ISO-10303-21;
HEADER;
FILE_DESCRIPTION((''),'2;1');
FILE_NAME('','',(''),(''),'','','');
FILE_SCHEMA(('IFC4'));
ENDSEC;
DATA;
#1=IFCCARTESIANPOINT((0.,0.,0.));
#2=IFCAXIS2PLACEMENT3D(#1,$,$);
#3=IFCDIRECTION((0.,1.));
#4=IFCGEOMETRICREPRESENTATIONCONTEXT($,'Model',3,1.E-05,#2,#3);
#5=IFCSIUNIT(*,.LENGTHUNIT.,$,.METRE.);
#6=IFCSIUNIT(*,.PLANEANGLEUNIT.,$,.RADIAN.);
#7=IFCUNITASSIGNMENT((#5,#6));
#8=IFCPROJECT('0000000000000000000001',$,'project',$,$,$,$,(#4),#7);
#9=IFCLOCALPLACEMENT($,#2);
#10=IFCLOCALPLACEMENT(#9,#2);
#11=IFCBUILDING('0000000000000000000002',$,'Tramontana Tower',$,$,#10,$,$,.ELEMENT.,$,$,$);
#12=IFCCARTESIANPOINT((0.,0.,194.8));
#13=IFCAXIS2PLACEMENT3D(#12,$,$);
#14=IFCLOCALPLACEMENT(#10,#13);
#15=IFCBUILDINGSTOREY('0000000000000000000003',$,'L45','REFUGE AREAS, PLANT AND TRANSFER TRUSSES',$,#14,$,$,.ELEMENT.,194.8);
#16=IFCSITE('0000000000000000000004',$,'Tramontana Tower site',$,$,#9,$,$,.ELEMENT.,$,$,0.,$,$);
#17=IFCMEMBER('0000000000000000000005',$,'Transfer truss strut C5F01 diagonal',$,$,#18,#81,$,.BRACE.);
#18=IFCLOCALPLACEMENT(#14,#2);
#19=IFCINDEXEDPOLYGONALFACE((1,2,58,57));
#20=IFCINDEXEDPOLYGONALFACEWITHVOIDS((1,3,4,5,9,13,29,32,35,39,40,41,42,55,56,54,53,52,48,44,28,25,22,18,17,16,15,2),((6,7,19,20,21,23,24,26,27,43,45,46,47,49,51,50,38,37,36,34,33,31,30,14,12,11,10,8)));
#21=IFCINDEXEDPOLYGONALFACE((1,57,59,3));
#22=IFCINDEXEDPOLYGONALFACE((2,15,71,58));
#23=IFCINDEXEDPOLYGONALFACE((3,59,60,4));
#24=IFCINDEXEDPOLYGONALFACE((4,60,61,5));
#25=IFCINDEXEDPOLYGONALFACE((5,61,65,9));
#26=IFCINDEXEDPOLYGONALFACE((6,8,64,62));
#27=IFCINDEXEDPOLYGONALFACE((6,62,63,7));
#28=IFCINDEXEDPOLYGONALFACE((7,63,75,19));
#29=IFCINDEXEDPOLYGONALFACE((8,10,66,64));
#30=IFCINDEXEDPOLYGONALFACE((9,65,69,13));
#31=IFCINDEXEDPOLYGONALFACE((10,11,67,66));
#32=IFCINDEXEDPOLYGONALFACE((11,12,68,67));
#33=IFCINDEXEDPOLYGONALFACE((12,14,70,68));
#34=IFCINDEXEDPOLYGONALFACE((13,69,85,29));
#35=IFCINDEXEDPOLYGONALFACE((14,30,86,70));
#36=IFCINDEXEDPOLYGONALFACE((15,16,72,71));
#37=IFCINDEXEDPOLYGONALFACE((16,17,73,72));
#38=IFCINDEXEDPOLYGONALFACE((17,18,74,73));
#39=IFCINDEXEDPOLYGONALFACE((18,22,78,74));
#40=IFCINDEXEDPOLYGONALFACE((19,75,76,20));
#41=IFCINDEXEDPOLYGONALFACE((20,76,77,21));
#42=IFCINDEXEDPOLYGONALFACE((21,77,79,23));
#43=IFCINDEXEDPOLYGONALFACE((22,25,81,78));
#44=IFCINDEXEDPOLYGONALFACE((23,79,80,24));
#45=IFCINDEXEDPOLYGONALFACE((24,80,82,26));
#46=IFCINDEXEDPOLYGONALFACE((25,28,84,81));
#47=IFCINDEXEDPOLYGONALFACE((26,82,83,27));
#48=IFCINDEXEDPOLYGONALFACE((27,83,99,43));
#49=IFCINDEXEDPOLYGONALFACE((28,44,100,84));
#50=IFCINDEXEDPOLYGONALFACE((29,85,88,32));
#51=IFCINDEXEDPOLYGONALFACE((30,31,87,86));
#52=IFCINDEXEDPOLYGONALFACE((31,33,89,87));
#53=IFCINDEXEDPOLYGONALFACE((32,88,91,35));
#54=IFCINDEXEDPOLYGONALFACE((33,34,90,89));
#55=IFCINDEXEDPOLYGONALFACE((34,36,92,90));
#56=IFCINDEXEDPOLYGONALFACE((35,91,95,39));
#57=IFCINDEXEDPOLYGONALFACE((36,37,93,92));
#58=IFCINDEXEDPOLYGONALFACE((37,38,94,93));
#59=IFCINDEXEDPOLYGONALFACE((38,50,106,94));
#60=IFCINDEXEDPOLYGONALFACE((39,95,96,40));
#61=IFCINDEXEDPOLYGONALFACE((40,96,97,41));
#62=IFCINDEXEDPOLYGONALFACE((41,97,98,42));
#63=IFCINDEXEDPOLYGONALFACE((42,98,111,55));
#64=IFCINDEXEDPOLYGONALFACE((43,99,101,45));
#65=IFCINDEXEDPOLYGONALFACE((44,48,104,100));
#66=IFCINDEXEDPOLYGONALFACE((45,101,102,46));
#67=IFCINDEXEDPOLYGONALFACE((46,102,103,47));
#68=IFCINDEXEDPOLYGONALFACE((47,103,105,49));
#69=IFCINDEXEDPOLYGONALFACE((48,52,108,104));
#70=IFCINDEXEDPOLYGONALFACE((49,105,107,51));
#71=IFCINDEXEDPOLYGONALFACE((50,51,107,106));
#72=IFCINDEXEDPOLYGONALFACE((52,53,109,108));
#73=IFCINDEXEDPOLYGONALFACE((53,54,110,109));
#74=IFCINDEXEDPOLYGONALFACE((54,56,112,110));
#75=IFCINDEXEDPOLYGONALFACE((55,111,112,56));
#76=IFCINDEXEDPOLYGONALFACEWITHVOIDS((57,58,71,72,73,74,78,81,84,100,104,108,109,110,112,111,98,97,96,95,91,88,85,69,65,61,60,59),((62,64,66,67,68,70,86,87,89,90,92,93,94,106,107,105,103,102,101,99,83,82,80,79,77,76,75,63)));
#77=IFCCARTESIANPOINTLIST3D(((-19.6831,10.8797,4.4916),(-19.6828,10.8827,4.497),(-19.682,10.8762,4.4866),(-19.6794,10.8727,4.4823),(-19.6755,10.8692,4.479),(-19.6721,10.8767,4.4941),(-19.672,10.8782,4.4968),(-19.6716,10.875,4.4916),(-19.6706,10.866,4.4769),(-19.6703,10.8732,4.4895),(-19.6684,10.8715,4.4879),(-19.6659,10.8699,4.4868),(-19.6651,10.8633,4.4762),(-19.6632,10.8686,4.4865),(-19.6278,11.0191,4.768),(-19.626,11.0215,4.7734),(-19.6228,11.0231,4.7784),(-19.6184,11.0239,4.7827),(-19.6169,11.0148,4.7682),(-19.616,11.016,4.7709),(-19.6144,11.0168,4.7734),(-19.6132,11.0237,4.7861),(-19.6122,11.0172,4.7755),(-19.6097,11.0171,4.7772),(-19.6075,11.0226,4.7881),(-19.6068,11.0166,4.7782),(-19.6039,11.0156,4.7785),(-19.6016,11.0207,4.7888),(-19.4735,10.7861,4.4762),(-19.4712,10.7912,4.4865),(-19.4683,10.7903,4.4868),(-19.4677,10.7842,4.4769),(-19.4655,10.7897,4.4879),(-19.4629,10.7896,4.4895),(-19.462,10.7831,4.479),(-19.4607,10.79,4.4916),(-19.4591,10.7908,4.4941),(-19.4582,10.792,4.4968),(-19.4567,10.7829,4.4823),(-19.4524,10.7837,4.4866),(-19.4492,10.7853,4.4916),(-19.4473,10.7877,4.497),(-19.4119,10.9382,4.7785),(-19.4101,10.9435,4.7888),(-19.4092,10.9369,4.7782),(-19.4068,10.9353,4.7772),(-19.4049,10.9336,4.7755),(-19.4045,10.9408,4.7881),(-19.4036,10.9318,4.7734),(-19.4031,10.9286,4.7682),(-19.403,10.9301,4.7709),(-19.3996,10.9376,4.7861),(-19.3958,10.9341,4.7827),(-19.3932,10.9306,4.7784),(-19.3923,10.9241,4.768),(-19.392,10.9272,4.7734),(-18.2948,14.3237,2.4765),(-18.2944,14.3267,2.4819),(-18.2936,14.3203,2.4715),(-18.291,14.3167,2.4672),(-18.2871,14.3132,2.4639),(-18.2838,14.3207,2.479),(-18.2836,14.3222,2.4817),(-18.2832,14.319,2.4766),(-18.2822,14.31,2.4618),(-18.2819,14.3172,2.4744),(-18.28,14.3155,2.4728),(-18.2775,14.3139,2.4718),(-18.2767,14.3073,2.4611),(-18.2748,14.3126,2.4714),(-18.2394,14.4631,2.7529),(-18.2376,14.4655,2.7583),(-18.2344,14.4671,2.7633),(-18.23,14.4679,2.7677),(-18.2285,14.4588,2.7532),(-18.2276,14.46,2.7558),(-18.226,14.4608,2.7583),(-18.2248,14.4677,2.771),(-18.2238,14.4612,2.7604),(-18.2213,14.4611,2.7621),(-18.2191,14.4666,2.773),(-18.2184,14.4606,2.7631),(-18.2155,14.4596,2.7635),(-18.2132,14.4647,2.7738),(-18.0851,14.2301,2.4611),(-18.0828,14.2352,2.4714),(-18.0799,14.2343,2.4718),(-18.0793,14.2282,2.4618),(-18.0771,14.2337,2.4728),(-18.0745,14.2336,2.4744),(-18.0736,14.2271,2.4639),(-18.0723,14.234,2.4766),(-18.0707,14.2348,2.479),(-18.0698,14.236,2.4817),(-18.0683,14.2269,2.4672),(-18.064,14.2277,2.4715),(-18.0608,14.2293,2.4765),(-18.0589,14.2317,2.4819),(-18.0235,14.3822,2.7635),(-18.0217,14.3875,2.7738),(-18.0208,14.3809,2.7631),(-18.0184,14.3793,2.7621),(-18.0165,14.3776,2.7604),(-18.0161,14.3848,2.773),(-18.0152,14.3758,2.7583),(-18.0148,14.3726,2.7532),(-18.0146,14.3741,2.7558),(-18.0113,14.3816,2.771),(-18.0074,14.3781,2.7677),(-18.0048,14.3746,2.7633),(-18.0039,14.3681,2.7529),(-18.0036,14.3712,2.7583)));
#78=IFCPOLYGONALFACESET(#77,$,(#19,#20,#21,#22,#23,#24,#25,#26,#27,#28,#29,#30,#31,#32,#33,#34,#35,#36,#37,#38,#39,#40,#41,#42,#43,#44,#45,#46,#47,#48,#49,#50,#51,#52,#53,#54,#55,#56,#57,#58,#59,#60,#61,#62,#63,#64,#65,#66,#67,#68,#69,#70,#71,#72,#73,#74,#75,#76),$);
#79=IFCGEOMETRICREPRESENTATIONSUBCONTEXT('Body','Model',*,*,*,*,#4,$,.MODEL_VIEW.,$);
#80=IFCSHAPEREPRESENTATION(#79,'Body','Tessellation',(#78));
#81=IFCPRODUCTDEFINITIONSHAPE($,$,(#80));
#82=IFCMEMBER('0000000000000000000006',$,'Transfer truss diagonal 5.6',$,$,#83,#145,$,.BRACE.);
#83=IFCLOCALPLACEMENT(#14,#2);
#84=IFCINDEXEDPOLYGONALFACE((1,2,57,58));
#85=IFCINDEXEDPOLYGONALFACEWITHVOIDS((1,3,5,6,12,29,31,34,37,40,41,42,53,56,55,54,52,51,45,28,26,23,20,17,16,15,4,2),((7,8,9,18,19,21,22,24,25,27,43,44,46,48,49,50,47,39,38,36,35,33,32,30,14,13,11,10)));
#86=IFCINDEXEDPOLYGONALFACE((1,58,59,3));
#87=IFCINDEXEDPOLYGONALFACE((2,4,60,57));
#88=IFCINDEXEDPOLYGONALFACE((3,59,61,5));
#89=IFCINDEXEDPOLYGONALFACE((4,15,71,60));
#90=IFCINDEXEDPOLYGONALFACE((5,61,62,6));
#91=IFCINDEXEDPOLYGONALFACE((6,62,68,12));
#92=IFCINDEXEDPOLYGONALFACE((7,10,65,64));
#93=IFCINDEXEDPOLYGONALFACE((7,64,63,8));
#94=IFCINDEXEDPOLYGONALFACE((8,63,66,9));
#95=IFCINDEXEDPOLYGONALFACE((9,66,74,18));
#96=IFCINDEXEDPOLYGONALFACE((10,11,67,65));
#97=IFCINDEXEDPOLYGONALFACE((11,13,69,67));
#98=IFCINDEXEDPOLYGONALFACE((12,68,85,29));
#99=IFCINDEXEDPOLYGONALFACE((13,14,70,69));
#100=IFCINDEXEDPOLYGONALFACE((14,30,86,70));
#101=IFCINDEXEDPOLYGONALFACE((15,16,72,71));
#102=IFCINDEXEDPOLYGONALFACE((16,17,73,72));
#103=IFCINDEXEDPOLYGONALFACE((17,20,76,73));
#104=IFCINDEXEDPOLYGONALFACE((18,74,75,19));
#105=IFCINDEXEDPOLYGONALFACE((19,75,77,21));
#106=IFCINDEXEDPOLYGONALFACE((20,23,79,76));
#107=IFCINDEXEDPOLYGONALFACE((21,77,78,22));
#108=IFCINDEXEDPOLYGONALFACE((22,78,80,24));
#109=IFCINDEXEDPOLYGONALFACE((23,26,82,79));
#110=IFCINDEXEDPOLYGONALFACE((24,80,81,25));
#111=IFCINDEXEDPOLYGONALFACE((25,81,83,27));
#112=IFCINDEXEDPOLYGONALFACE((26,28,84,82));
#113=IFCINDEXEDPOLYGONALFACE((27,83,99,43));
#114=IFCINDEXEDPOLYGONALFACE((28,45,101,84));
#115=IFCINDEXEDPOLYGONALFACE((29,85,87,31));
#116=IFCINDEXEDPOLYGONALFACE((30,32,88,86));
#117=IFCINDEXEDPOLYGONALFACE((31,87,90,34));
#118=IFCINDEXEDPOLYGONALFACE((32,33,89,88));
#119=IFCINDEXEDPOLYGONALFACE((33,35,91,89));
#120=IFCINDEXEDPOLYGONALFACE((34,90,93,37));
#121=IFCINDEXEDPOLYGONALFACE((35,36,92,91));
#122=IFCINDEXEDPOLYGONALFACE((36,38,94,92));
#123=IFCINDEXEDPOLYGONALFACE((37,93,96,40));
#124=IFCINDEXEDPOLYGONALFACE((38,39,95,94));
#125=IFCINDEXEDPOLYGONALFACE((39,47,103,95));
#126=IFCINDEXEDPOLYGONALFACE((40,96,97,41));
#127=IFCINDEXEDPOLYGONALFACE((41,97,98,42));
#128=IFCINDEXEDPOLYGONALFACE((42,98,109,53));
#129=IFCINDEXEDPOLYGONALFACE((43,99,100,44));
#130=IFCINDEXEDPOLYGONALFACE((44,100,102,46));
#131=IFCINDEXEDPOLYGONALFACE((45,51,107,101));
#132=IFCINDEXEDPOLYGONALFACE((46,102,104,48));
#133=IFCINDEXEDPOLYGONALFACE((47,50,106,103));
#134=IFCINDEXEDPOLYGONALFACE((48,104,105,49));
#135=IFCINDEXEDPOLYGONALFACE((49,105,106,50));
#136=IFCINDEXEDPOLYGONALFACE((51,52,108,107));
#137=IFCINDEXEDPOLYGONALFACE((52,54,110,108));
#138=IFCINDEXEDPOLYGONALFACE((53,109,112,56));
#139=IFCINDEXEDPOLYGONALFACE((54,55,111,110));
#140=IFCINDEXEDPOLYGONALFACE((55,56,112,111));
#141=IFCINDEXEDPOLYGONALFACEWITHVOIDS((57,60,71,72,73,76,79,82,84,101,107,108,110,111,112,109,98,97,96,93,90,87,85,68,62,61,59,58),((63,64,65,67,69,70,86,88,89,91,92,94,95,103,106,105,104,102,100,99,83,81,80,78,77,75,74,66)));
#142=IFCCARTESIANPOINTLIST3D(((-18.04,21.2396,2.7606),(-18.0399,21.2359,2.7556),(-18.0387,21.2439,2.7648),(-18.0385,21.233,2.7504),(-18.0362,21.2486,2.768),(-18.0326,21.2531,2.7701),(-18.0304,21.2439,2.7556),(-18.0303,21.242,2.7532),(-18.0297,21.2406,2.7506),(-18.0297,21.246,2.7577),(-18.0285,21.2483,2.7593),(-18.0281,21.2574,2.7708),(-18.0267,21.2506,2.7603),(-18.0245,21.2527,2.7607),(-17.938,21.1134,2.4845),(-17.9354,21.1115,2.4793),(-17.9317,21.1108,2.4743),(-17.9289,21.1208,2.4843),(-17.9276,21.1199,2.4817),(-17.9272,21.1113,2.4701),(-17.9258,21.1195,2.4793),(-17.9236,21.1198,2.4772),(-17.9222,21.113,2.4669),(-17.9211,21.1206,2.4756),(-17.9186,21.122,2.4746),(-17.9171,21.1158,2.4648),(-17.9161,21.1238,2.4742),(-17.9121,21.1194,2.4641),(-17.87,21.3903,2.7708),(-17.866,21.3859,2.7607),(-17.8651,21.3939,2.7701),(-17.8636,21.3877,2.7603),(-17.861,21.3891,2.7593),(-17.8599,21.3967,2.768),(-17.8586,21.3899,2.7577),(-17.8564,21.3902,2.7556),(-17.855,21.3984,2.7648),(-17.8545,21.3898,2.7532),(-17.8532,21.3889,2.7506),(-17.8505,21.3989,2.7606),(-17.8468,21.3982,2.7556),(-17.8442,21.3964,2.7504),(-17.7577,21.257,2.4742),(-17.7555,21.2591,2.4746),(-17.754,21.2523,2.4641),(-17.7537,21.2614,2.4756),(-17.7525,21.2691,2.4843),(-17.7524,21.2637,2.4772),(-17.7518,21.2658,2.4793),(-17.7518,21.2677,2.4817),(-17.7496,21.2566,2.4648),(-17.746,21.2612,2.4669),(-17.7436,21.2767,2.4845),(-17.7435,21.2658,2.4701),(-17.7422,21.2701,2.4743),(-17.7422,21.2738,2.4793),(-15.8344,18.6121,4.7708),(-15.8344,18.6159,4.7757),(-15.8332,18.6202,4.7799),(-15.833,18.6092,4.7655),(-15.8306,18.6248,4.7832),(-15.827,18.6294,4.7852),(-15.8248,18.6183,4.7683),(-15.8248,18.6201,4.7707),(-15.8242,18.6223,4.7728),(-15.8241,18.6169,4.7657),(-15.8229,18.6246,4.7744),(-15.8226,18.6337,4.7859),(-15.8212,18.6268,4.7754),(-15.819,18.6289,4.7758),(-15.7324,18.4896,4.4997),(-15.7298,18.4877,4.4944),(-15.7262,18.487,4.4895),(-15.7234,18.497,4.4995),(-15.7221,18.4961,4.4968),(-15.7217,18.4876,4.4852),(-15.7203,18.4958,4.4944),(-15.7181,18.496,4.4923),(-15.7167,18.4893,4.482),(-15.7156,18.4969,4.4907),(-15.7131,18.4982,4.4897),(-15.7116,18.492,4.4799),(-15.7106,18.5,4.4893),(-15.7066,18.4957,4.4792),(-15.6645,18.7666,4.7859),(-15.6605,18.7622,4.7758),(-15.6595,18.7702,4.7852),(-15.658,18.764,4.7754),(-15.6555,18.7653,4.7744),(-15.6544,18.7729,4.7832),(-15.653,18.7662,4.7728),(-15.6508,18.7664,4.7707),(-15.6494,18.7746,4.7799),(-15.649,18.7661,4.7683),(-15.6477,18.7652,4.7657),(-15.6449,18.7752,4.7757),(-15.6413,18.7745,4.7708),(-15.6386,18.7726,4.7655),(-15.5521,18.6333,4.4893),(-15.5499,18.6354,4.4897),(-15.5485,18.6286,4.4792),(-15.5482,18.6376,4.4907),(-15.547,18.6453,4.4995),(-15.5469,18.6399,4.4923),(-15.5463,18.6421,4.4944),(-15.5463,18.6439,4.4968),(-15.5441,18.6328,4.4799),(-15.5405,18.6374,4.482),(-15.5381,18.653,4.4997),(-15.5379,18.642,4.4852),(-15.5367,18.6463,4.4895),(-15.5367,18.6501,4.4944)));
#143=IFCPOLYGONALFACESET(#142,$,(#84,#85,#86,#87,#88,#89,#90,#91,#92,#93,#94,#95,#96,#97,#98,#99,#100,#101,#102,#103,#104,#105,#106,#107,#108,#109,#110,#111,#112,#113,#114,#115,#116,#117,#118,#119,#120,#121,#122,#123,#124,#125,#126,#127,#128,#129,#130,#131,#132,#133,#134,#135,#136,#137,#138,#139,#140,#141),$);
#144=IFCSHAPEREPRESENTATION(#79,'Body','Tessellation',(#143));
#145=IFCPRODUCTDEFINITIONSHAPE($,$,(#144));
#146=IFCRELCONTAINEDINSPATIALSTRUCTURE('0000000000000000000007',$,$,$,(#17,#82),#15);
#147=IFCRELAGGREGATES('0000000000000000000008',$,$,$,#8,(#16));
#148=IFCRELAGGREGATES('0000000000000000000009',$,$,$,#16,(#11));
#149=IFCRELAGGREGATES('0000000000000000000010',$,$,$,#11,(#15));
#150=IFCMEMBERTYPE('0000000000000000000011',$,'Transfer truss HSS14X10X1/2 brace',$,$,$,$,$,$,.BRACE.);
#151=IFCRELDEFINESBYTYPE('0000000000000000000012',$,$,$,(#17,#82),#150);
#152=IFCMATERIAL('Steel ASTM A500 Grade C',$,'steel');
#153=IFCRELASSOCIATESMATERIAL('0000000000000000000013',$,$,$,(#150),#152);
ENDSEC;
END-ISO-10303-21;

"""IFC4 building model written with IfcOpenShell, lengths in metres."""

from ifc_helpers import new_model, si_unit, direction, frame, origin, origin_2d, place, context, subcontext, project, spatial, hollow_rectangle, extrude, material, material_profile, profile_set, type_object, element, save


model = new_model("IFC4")

# Units and contexts
model_context = context("Model", 3, precision=1e-05, world=origin(), true_north=direction((0.0, 1.0)))
body_context = subcontext(model_context, "Body", "Model", "MODEL_VIEW")
ifc_project = project(units=[si_unit("LENGTHUNIT", "METRE"), si_unit("PLANEANGLEUNIT", "RADIAN")], contexts=[model_context])

# Site, building, storey
site_placement = place(None, origin())
site = spatial("IfcSite", under=ifc_project, at=site_placement, Name="Tramontana Tower site", CompositionType="ELEMENT", RefElevation=0.0)
building_placement = place(site_placement, origin())
building = spatial("IfcBuilding", under=site, at=building_placement, Name="Tramontana Tower", CompositionType="ELEMENT")
storey_placement = place(building_placement, frame((0.0, 0.0, 194.8)))
storey = spatial("IfcBuildingStorey", under=building, at=storey_placement, Name="L45", Description="REFUGE AREAS, PLANT AND TRANSFER TRUSSES", CompositionType="ELEMENT", Elevation=194.8)

# Members
ifc_material_1 = material(Name="Steel ASTM A500 Grade C", Category="steel")
ifc_material_profile_1 = material_profile(ifc_material_1, hollow_rectangle(XDim=0.2539, YDim=0.3557, WallThickness=0.0117, InnerFilletRadius=0.0117, OuterFilletRadius=0.0237, at=origin_2d()), Name="HSS14X10X1/2")
ifc_profile_set_1 = profile_set([ifc_material_profile_1], Name="Steel ASTM A500 Grade C")
member_type_1 = type_object("IfcMemberType", Name="Transfer truss HSS14X10X1/2 brace", PredefinedType="BRACE", material=ifc_profile_set_1)
member_1_placement = place(storey_placement, frame((-18.1492, 14.3474, 2.6174), z_axis=(-0.328625, -0.815178, 0.47696), x_axis=(0.927471, -0.373894, 0.0)))
element("IfcMember", 1, at=member_1_placement, inside=storey, type_object=member_type_1, Name="Transfer truss strut C5F01 diagonal", PredefinedType="BRACE", context=body_context, shape_type="SweptSolid", body=[
    extrude(hollow_rectangle(XDim=0.2539, YDim=0.3557, WallThickness=0.0117, InnerFilletRadius=0.0117, OuterFilletRadius=0.0237, at=origin_2d()), origin(), (0.0, 0.0, 1.0), 4.2249),
])
member_2_placement = place(storey_placement, frame((-15.6855, 18.6311, 4.6326), z_axis=(-0.554703, 0.659885, -0.50681), x_axis=(-0.765476, -0.643464, 0.0)))
element("IfcMember", 2, at=member_2_placement, inside=storey, type_object=member_type_1, Name="Transfer truss diagonal 5.6", PredefinedType="BRACE", context=body_context, shape_type="SweptSolid", body=[
    extrude(hollow_rectangle(XDim=0.2539, YDim=0.3557, WallThickness=0.0117, InnerFilletRadius=0.0117, OuterFilletRadius=0.0237, at=origin_2d()), origin(), (0.0, 0.0, 1.0), 3.9761),
])

save(model, "model.ifc")
